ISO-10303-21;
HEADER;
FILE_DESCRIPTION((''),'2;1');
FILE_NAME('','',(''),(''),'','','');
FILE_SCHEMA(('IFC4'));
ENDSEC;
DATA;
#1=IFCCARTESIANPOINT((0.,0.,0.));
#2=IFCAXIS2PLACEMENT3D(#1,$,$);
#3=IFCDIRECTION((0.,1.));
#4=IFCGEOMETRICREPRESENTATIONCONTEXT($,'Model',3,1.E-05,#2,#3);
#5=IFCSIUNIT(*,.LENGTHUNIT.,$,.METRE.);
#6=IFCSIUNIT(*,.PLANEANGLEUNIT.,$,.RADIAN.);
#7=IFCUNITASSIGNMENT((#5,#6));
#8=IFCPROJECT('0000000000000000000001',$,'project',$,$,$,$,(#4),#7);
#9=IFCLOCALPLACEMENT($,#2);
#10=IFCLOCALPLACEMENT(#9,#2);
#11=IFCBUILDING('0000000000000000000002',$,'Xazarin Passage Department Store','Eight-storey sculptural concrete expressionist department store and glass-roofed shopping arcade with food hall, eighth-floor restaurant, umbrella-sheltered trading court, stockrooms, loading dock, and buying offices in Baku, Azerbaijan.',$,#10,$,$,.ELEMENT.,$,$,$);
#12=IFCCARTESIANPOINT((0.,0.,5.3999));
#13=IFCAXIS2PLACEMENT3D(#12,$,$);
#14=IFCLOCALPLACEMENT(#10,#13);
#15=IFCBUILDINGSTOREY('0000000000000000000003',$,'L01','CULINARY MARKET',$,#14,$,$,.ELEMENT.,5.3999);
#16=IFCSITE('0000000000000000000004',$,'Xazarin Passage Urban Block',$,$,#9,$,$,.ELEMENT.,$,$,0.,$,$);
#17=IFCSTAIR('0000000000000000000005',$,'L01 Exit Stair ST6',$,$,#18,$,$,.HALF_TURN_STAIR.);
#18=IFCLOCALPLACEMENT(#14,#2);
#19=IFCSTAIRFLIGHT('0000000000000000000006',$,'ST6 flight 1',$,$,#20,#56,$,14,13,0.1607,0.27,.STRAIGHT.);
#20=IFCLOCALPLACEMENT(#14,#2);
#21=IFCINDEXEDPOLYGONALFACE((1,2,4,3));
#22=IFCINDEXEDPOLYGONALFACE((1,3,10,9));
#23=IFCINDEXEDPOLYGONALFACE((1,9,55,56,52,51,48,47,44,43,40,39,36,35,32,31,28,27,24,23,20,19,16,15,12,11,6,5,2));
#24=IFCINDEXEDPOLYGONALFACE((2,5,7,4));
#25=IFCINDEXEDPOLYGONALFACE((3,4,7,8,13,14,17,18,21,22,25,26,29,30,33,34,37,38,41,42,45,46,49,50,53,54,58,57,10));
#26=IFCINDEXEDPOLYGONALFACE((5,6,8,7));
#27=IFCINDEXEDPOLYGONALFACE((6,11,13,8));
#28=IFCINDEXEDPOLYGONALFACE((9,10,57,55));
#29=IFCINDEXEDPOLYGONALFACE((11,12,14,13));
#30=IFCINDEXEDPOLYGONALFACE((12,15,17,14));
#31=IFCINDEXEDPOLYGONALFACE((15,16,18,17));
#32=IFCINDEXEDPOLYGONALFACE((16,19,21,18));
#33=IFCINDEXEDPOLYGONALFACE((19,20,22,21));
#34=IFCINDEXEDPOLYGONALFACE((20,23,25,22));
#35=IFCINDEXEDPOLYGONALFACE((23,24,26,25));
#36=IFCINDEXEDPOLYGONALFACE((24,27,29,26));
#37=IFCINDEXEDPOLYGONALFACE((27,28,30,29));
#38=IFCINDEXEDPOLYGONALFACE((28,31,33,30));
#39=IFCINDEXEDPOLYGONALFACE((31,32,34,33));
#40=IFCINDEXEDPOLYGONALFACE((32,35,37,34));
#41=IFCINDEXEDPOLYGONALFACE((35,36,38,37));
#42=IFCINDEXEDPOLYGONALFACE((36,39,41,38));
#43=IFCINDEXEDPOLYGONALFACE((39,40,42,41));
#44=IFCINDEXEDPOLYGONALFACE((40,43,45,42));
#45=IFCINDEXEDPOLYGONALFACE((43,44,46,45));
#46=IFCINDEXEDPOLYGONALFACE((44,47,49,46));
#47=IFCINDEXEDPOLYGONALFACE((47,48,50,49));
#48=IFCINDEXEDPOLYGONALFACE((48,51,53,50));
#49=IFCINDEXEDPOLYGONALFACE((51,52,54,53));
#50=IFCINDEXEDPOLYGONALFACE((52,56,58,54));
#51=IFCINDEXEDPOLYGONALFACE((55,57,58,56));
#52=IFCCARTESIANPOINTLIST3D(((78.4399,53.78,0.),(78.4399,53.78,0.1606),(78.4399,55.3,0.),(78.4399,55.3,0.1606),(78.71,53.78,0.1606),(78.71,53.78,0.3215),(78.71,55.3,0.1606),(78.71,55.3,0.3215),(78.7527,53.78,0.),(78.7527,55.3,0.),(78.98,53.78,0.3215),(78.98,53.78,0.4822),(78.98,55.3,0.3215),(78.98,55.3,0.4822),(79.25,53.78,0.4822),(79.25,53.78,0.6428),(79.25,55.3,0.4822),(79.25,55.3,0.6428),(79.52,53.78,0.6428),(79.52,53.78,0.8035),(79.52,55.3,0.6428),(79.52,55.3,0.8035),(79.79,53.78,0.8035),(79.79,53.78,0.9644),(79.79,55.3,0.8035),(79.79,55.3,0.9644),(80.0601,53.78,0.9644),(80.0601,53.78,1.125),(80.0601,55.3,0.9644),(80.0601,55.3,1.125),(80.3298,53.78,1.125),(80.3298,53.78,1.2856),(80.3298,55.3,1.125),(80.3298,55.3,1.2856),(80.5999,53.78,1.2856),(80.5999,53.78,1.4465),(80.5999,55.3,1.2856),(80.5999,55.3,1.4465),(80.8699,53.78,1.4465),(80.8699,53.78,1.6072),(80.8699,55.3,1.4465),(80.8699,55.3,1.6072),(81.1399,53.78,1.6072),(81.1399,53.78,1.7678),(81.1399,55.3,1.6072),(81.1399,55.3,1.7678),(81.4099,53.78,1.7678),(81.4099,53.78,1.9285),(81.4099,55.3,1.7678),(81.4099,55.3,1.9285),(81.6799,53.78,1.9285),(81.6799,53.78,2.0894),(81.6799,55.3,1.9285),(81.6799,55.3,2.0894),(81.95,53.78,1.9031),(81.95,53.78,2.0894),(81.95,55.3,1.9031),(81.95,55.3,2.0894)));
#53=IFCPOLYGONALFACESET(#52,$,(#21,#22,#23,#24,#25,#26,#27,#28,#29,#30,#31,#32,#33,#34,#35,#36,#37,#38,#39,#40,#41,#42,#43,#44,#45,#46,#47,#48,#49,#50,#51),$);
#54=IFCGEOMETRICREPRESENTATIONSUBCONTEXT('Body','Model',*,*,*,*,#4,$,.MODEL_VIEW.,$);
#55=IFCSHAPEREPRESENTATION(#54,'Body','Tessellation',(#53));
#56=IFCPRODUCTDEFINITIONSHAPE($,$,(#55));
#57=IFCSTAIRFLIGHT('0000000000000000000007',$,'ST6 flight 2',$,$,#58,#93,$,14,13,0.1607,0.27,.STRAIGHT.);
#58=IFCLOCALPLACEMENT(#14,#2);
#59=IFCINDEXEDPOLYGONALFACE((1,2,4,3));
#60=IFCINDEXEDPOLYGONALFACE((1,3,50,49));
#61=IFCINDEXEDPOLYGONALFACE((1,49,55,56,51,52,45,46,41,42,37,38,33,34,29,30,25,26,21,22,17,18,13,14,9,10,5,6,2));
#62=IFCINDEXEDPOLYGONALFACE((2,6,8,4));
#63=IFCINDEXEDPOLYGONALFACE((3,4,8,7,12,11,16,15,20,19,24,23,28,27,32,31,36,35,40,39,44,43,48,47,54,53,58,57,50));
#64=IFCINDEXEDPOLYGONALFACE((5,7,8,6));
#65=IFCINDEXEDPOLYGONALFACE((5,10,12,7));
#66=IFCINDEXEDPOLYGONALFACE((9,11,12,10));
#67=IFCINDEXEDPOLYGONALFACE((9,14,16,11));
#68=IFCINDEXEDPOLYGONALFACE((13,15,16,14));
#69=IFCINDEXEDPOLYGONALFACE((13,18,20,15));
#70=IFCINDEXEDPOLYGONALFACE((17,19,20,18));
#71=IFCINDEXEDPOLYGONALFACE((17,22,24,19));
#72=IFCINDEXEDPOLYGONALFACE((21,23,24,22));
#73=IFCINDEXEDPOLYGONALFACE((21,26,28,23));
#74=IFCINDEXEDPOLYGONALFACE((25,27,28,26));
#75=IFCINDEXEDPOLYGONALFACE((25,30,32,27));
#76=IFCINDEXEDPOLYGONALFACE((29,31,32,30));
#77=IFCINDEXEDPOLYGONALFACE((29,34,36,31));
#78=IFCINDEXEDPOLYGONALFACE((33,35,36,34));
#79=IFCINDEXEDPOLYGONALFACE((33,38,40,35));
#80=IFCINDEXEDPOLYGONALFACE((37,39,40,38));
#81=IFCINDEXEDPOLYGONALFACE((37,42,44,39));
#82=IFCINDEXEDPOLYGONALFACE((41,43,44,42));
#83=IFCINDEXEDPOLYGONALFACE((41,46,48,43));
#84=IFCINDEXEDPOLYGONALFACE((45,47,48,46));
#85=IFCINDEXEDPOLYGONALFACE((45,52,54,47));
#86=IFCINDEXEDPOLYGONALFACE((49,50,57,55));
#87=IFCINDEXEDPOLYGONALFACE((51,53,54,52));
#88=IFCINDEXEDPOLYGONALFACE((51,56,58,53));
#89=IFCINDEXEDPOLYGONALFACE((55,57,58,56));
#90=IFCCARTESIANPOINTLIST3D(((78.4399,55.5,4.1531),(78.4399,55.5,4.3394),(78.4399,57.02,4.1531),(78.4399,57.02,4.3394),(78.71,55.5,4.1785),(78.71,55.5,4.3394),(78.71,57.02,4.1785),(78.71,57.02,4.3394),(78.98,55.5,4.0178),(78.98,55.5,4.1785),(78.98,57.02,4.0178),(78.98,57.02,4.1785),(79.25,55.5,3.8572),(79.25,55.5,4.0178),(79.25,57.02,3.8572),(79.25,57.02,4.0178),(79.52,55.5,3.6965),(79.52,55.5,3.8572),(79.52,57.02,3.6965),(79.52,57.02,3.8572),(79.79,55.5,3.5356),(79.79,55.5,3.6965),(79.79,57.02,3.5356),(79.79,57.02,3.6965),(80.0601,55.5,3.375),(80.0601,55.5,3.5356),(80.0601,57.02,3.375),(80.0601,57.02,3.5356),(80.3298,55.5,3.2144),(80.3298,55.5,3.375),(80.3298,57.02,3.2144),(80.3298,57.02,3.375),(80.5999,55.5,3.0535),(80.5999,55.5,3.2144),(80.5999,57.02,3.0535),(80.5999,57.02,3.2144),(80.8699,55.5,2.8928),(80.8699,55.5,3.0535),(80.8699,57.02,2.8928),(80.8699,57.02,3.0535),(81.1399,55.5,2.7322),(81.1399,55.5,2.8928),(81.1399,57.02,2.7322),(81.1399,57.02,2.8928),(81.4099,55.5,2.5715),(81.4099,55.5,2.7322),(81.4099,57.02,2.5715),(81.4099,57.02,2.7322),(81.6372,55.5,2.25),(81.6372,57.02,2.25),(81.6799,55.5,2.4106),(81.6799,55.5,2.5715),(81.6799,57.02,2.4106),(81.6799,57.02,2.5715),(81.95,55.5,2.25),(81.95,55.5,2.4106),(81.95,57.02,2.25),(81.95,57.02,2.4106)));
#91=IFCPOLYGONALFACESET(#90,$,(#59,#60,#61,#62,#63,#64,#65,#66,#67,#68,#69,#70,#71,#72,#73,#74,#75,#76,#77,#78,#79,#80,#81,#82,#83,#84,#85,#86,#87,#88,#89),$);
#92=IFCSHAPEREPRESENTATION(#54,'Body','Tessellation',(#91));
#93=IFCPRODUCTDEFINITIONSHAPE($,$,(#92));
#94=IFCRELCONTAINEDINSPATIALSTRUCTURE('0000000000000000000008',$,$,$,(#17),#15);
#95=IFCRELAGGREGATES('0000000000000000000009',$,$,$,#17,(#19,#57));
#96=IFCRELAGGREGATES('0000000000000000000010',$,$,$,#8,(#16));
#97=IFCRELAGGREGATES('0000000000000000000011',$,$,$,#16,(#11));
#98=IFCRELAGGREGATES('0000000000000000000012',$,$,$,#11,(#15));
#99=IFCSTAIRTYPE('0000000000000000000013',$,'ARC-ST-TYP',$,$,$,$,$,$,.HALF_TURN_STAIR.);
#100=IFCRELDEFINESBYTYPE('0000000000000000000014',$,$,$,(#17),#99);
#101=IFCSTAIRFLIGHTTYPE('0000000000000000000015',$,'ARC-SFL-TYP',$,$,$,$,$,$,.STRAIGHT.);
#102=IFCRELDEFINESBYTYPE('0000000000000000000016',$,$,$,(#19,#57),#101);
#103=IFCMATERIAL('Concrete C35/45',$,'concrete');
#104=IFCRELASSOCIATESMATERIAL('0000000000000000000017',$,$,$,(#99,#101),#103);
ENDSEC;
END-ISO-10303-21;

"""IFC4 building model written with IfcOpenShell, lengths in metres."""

from ifc_helpers import new_model, si_unit, direction, frame, origin, place, context, subcontext, project, spatial, polyline, outline, extrude, material, type_object, element, aggregate, save


model = new_model("IFC4")

# Units and contexts
model_context = context("Model", 3, precision=1e-05, world=origin(), true_north=direction((0.0, 1.0)))
body_context = subcontext(model_context, "Body", "Model", "MODEL_VIEW")
ifc_project = project(units=[si_unit("LENGTHUNIT", "METRE"), si_unit("PLANEANGLEUNIT", "RADIAN")], contexts=[model_context])

# Site, building, storey
site_placement = place(None, origin())
site = spatial("IfcSite", under=ifc_project, at=site_placement, Name="Xazarin Passage Urban Block", CompositionType="ELEMENT", RefElevation=0.0)
building_placement = place(site_placement, origin())
building = spatial("IfcBuilding", under=site, at=building_placement, Name="Xazarin Passage Department Store", Description="Eight-storey sculptural concrete expressionist department store and glass-roofed shopping arcade with food hall, eighth-floor restaurant, umbrella-sheltered trading court, stockrooms, loading dock, and buying offices in Baku, Azerbaijan.", CompositionType="ELEMENT")
storey_placement = place(building_placement, frame((0.0, 0.0, 5.3999)))
storey = spatial("IfcBuildingStorey", under=building, at=storey_placement, Name="L01", Description="CULINARY MARKET", CompositionType="ELEMENT", Elevation=5.3999)

# Shared definitions
ifc_material_1 = material(Name="Concrete C35/45", Category="concrete")

# Stair, stair flights
stair_type = type_object("IfcStairType", Name="ARC-ST-TYP", PredefinedType="HALF_TURN_STAIR", material=ifc_material_1)
stair_placement = place(storey_placement, origin())
stair = element("IfcStair", 1, at=stair_placement, inside=storey, type_object=stair_type, Name="L01 Exit Stair ST6", PredefinedType="HALF_TURN_STAIR")
stair_flight_type = type_object("IfcStairFlightType", Name="ARC-SFL-TYP", PredefinedType="STRAIGHT", material=ifc_material_1)
stair_flight_1_placement = place(storey_placement, frame((78.4399, 54.54, 0.0), z_axis=(0.0, 0.0, 1.0), x_axis=(1.0, 0.0, 0.0)))
stair_flight_1 = element("IfcStairFlight", 2, at=stair_flight_1_placement, type_object=stair_flight_type, Name="ST6 flight 1", NumberOfRisers=14, NumberOfTreads=13, PredefinedType="STRAIGHT", RiserHeight=0.1607, TreadLength=0.27, context=body_context, shape_type="SweptSolid", body=[
    extrude(outline(polyline([(0.0, 0.0), (0.0, 0.1606), (0.27, 0.1606), (0.27, 0.3215), (0.54, 0.3215), (0.54, 0.4822), (0.8101, 0.4822), (0.8101, 0.6428), (1.0801, 0.6428), (1.0801, 0.8035), (1.3501, 0.8035), (1.3501, 0.9644), (1.6201, 0.9644), (1.6201, 1.125), (1.8899, 1.125), (1.8899, 1.2856), (2.1599, 1.2856), (2.1599, 1.4465), (2.4299, 1.4465), (2.4299, 1.6072), (2.7, 1.6072), (2.7, 1.7678), (2.97, 1.7678), (2.97, 1.9285), (3.24, 1.9285), (3.24, 2.0894), (3.51, 2.0894), (3.51, 2.25), (3.51, 1.9031), (0.3127, 0.0), (0.0, 0.0)])), frame((0.0, 0.76, 0.0), z_axis=(0.0, -1.0, 0.0), x_axis=(1.0, 0.0, 0.0)), (0.0, 0.0, 1.0), 1.52),
])
stair_flight_2_placement = place(storey_placement, frame((81.95, 56.26, 2.25), z_axis=(0.0, 0.0, 1.0), x_axis=(-1.0, 0.0, 0.0)))
stair_flight_2 = element("IfcStairFlight", 3, at=stair_flight_2_placement, type_object=stair_flight_type, Name="ST6 flight 2", NumberOfRisers=14, NumberOfTreads=13, PredefinedType="STRAIGHT", RiserHeight=0.1607, TreadLength=0.27, context=body_context, shape_type="SweptSolid", body=[
    extrude(outline(polyline([(0.0, 0.0), (0.0, 0.1606), (0.27, 0.1606), (0.27, 0.3215), (0.54, 0.3215), (0.54, 0.4822), (0.8101, 0.4822), (0.8101, 0.6428), (1.0801, 0.6428), (1.0801, 0.8035), (1.3501, 0.8035), (1.3501, 0.9644), (1.6201, 0.9644), (1.6201, 1.125), (1.8899, 1.125), (1.8899, 1.2856), (2.1599, 1.2856), (2.1599, 1.4465), (2.4299, 1.4465), (2.4299, 1.6072), (2.7, 1.6072), (2.7, 1.7678), (2.97, 1.7678), (2.97, 1.9285), (3.24, 1.9285), (3.24, 2.0894), (3.51, 2.0894), (3.51, 2.25), (3.51, 1.9031), (0.3127, 0.0), (0.0, 0.0)])), frame((0.0, 0.76, 0.0), z_axis=(0.0, -1.0, 0.0), x_axis=(1.0, 0.0, 0.0)), (0.0, 0.0, 1.0), 1.52),
])
aggregate(stair, [stair_flight_1, stair_flight_2])

save(model, "model.ifc")
